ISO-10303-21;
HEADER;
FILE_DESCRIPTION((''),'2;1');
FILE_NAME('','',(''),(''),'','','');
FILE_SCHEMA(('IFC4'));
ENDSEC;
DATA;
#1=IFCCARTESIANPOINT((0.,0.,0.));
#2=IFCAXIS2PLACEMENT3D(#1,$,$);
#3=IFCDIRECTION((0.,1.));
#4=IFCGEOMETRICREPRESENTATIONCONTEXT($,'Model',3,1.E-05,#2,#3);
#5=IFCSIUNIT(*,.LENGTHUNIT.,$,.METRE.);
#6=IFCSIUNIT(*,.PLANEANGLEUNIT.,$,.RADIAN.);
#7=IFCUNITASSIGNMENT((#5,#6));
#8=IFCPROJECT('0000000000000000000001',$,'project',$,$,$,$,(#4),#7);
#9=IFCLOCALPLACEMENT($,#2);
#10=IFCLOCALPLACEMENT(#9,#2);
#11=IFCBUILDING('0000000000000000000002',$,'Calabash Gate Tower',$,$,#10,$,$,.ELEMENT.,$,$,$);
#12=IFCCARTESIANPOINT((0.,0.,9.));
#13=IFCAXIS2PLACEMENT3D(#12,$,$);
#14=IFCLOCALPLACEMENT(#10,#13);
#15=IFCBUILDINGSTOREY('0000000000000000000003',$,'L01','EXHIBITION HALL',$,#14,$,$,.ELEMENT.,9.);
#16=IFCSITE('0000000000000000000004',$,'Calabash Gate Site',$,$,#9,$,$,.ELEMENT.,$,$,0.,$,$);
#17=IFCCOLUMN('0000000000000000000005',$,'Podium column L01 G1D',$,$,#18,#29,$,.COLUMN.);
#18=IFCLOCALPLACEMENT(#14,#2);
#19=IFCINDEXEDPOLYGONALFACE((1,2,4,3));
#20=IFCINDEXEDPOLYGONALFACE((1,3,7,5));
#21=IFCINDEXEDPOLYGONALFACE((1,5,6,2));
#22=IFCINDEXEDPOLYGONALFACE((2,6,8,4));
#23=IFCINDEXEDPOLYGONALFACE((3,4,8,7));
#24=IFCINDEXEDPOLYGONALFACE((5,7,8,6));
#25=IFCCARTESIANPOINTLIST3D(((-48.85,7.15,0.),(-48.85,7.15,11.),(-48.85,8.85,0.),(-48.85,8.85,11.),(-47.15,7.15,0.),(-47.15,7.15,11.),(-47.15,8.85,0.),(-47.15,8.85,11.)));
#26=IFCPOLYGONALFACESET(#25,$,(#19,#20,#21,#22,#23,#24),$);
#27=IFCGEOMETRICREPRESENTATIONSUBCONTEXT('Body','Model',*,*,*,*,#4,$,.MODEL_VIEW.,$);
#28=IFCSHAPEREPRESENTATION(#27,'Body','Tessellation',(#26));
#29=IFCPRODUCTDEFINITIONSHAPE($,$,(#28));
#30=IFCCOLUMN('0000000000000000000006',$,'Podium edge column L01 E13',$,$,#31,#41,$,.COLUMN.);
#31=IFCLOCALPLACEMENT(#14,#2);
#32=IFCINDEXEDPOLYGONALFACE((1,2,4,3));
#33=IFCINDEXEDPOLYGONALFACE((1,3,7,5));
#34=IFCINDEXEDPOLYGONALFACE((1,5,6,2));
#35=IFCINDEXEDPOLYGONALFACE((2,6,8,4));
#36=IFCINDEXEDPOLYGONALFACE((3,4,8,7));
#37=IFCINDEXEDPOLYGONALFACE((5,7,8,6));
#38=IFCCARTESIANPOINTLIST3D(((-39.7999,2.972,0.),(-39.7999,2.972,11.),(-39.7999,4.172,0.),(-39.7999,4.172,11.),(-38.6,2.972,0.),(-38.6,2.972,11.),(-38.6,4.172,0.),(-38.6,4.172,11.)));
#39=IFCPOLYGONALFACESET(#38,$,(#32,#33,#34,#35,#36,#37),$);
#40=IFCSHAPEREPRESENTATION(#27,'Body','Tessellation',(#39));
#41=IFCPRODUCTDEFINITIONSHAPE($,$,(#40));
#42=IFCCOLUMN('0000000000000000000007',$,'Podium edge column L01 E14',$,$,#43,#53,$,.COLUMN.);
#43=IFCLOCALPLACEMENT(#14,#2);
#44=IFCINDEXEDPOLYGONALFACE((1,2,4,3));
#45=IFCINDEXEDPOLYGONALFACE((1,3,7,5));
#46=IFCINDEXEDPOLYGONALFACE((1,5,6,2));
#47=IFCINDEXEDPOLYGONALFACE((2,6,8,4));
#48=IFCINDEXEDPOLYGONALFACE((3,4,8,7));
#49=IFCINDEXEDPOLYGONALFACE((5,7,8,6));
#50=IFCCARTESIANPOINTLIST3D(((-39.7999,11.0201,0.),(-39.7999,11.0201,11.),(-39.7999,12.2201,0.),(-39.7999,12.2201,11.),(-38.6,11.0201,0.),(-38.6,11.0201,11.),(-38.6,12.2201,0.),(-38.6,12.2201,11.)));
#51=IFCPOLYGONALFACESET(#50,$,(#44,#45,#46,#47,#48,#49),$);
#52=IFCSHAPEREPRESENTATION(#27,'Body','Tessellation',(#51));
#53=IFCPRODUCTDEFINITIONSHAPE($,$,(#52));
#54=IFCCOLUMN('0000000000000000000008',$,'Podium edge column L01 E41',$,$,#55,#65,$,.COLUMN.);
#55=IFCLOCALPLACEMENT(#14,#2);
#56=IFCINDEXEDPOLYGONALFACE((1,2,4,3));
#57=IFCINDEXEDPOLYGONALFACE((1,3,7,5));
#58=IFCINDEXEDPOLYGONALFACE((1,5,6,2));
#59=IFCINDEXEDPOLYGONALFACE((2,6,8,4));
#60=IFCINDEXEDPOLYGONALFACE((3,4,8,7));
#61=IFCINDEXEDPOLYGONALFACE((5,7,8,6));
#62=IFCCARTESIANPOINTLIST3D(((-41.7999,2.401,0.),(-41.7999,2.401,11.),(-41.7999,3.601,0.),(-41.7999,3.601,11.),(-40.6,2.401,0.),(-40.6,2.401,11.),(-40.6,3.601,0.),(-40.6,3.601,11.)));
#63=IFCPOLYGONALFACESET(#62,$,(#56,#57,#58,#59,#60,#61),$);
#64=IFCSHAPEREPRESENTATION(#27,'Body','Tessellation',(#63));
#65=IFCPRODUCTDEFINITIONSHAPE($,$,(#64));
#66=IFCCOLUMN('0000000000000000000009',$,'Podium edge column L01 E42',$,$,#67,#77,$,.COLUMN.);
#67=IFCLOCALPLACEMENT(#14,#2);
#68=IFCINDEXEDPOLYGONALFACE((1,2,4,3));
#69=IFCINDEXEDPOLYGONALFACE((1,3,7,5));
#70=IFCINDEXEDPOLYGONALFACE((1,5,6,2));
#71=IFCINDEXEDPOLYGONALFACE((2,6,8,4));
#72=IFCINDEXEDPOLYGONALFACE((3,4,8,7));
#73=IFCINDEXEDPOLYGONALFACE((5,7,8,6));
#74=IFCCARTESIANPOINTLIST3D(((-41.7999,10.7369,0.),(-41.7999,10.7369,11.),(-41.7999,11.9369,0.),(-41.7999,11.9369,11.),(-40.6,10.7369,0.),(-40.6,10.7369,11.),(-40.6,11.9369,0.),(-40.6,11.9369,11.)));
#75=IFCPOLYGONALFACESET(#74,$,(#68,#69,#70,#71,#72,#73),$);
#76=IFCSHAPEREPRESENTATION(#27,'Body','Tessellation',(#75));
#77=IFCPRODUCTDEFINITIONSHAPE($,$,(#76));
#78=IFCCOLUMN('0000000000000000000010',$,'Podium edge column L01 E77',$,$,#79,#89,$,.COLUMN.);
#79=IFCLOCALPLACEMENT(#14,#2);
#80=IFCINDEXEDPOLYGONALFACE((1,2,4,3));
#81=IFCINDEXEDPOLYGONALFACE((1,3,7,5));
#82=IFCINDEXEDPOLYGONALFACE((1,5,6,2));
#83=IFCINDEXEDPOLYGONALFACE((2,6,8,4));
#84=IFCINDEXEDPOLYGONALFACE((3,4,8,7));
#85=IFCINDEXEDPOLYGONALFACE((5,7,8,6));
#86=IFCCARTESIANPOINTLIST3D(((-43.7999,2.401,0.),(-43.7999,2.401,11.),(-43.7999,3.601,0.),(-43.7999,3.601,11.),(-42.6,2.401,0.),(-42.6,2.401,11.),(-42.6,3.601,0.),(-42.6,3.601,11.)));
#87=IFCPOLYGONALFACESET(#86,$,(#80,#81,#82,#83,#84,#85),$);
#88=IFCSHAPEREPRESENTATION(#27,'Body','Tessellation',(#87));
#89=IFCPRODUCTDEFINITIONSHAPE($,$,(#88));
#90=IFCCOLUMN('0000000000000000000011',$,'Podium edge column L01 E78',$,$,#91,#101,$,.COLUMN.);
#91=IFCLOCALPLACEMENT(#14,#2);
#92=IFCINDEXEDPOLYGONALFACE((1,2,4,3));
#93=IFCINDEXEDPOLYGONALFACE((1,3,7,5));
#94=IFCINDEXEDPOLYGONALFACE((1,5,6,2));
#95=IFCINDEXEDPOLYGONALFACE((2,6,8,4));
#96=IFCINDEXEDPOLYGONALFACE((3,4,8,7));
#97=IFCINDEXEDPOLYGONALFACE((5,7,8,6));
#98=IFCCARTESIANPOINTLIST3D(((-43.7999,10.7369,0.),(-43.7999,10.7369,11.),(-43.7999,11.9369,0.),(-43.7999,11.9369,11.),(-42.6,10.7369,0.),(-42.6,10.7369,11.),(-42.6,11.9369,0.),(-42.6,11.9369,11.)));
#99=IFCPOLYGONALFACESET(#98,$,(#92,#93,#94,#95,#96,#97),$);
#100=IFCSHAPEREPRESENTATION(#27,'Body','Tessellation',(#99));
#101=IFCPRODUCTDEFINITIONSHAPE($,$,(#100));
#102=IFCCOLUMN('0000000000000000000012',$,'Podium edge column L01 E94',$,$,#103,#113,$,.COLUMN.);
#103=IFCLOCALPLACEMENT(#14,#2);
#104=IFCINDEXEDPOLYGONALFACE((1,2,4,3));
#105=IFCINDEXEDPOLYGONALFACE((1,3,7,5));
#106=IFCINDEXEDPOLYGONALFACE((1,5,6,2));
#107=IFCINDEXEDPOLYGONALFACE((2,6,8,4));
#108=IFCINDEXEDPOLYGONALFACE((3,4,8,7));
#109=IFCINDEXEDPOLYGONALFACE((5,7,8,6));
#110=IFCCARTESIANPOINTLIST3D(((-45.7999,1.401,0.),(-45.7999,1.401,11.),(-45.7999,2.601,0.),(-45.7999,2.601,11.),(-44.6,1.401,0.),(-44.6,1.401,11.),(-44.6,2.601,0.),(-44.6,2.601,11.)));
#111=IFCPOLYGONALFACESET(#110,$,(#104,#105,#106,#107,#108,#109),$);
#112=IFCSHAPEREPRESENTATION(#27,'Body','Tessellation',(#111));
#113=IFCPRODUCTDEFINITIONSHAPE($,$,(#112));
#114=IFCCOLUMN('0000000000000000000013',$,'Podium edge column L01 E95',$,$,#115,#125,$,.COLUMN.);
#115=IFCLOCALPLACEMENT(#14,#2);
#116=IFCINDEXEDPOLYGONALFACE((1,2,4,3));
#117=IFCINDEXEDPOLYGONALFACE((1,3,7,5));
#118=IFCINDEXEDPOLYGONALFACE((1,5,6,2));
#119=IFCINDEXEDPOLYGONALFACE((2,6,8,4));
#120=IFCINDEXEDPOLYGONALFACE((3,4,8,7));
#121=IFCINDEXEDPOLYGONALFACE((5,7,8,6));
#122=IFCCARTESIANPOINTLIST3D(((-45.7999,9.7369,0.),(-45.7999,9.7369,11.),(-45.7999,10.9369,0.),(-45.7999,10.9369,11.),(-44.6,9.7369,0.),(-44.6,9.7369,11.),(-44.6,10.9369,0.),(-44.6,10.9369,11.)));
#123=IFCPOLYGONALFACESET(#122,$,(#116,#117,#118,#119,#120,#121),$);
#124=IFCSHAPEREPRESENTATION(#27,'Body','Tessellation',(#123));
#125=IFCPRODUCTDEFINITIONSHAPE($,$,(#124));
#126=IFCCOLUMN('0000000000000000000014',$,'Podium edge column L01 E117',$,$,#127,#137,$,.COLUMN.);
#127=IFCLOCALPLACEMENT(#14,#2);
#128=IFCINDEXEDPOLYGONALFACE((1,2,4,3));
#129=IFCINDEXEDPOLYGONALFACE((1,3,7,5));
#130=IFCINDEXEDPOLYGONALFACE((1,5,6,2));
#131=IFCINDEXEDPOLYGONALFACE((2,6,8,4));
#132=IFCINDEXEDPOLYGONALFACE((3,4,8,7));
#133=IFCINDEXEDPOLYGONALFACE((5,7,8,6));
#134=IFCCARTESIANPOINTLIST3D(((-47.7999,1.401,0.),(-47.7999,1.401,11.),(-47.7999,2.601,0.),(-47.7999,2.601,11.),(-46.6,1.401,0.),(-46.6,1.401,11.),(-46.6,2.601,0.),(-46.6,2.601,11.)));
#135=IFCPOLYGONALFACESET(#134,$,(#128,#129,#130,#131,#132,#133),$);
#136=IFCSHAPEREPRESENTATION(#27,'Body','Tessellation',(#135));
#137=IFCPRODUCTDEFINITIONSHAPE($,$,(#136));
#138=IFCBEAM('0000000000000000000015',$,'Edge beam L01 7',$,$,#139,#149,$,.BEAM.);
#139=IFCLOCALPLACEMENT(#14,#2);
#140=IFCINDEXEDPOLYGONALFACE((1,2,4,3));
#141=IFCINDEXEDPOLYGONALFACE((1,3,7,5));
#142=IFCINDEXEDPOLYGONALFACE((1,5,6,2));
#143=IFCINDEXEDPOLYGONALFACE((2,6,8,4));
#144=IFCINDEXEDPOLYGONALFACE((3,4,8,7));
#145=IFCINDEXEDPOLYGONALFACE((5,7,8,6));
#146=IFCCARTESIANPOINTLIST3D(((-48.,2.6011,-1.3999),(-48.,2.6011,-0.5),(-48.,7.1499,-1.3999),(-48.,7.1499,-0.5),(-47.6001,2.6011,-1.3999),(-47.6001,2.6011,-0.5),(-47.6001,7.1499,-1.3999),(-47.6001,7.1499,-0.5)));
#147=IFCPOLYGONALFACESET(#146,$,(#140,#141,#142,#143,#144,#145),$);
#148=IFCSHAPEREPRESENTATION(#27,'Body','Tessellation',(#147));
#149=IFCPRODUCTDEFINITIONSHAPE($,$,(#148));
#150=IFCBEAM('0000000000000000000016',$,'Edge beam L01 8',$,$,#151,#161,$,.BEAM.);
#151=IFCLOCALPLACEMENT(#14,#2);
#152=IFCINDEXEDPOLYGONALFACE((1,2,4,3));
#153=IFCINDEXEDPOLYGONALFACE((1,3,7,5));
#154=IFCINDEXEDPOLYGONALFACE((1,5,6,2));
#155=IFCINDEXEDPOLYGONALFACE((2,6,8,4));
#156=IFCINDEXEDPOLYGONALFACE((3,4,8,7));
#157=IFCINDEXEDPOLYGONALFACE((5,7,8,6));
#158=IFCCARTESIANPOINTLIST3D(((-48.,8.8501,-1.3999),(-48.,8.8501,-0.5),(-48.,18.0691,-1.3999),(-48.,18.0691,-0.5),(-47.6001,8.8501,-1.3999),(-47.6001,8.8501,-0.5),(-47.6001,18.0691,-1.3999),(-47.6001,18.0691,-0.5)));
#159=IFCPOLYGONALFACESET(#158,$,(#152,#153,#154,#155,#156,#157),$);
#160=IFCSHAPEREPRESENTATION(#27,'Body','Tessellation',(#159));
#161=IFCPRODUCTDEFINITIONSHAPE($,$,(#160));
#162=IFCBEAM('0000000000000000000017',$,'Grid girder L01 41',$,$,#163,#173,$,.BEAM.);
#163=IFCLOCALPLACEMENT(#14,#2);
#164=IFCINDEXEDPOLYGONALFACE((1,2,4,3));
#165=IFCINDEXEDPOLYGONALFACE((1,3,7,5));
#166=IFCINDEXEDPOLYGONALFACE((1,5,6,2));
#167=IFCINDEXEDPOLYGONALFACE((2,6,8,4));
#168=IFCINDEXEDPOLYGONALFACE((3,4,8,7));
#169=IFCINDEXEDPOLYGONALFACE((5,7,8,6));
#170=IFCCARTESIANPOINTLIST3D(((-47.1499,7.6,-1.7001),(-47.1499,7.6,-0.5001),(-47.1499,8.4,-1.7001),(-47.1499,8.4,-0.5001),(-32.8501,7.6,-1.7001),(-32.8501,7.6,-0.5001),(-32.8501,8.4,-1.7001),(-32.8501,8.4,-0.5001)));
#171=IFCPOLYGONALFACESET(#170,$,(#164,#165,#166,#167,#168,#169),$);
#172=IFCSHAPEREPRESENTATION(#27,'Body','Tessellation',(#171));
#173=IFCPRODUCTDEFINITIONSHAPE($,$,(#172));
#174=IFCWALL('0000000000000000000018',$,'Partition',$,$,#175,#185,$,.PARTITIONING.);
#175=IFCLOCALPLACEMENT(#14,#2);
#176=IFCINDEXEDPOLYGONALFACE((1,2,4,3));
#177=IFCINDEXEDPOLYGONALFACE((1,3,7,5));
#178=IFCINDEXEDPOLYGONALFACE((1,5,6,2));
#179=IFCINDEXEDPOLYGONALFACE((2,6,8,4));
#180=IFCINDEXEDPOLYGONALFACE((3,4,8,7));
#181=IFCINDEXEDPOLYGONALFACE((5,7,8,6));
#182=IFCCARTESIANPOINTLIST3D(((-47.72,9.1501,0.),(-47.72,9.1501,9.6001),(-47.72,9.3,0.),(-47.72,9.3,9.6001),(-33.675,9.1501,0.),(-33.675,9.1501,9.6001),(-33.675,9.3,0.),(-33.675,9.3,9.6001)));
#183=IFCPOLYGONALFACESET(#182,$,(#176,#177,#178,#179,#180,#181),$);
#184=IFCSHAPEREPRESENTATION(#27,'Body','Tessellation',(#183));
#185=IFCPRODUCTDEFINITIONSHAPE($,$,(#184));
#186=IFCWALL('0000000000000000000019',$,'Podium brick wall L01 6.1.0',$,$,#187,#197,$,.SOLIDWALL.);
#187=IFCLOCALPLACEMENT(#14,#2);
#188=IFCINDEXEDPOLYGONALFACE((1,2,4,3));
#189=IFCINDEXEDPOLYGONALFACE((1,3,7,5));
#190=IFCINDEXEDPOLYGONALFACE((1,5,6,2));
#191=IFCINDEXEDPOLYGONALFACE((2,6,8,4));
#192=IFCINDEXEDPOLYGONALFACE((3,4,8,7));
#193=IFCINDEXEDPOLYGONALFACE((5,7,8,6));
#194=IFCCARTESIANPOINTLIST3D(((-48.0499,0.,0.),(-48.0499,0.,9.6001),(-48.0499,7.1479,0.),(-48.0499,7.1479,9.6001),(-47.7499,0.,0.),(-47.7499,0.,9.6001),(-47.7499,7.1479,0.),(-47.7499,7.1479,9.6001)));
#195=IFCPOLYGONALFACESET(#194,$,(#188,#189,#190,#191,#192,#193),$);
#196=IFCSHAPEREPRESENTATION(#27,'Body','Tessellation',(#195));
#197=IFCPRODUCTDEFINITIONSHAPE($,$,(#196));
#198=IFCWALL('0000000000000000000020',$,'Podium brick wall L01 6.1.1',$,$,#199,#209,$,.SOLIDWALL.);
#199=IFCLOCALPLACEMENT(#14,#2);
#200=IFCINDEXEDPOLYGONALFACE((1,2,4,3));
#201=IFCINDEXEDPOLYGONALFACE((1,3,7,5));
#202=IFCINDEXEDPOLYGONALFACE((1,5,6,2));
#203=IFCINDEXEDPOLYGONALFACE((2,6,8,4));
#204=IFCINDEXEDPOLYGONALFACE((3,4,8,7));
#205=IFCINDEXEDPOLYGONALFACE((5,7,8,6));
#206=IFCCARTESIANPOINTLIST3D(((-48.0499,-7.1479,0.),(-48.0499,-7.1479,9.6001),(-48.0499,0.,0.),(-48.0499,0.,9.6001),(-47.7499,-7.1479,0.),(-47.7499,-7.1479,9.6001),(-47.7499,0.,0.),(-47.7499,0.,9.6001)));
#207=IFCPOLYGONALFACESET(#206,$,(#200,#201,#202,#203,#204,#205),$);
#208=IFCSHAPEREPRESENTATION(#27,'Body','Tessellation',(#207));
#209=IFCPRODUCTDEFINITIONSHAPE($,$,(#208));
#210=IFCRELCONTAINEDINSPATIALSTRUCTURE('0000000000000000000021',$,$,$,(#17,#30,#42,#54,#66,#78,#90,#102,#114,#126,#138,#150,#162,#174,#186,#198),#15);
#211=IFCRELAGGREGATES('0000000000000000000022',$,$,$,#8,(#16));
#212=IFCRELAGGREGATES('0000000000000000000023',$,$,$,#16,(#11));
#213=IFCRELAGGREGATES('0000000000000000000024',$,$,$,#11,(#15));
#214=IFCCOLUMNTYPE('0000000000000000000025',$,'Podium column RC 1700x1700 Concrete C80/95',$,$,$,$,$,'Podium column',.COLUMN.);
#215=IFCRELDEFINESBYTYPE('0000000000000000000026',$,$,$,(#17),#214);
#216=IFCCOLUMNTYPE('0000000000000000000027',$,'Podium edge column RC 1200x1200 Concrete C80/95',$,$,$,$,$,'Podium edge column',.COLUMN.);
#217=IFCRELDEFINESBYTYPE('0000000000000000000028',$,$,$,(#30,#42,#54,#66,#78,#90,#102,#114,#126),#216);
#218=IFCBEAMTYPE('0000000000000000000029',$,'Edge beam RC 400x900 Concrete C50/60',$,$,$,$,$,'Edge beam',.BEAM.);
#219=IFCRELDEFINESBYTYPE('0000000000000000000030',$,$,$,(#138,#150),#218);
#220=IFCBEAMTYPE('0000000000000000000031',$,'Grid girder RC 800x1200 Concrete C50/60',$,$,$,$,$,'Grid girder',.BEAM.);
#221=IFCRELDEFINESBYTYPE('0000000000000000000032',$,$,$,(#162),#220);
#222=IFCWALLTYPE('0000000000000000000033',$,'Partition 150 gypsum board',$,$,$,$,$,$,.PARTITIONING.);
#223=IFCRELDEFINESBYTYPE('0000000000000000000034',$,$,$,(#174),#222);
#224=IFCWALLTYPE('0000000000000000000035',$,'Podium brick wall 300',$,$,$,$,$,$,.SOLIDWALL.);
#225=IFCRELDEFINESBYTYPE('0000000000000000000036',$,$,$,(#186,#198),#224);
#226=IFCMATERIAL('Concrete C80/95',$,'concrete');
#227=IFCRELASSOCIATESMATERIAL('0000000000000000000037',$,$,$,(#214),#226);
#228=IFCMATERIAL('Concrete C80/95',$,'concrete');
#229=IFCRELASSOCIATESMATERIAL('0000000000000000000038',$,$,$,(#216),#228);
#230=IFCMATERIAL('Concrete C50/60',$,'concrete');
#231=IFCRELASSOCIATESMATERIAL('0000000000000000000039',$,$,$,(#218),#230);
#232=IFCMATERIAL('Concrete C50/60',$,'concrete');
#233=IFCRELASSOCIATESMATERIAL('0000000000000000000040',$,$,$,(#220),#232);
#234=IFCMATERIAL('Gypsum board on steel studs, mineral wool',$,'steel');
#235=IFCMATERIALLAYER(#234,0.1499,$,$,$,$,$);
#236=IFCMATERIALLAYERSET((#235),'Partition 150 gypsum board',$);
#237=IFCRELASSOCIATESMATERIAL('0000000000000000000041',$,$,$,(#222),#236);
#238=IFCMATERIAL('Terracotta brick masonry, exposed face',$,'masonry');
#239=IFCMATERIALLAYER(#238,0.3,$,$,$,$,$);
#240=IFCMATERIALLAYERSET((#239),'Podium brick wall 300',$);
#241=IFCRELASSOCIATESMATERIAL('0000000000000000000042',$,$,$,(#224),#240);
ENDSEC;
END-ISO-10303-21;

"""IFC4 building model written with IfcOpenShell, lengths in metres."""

from ifc_helpers import new_model, si_unit, direction, frame, frame_2d, origin, origin_2d, place, context, subcontext, project, spatial, rectangle, extrude, material, layer, layer_set, material_profile, profile_set, type_object, element, save


model = new_model("IFC4")

# Units and contexts
model_context = context("Model", 3, precision=1e-05, world=origin(), true_north=direction((0.0, 1.0)))
body_context = subcontext(model_context, "Body", "Model", "MODEL_VIEW")
ifc_project = project(units=[si_unit("LENGTHUNIT", "METRE"), si_unit("PLANEANGLEUNIT", "RADIAN")], contexts=[model_context])

# Site, building, storey
site_placement = place(None, origin())
site = spatial("IfcSite", under=ifc_project, at=site_placement, Name="Calabash Gate Site", CompositionType="ELEMENT", RefElevation=0.0)
building_placement = place(site_placement, origin())
building = spatial("IfcBuilding", under=site, at=building_placement, Name="Calabash Gate Tower", CompositionType="ELEMENT")
storey_placement = place(building_placement, frame((0.0, 0.0, 9.0)))
storey = spatial("IfcBuildingStorey", under=building, at=storey_placement, Name="L01", Description="EXHIBITION HALL", CompositionType="ELEMENT", Elevation=9.0)

# Columns
ifc_material_1 = material(Name="Concrete C80/95", Category="concrete")
ifc_material_profile_1 = material_profile(ifc_material_1, rectangle(XDim=1.7, YDim=1.7, at=origin_2d()))
ifc_profile_set_1 = profile_set([ifc_material_profile_1], Name="Concrete C80/95")
column_type_1 = type_object("IfcColumnType", Name="Podium column RC 1700x1700 Concrete C80/95", ElementType="Podium column", PredefinedType="COLUMN", material=ifc_profile_set_1)
column_placement = place(storey_placement, frame((-48.0, 8.0, 0.0), z_axis=(0.0, 0.0, 1.0), x_axis=(1.0, 0.0, 0.0)))
element("IfcColumn", 1, at=column_placement, inside=storey, type_object=column_type_1, Name="Podium column L01 G1D", PredefinedType="COLUMN", context=body_context, shape_type="SweptSolid", body=[
    extrude(rectangle(XDim=1.7, YDim=1.7, at=origin_2d()), origin(), (0.0, 0.0, 1.0), 11.0),
])
ifc_material_2 = material(Name="Concrete C80/95", Category="concrete")
ifc_material_profile_2 = material_profile(ifc_material_2, rectangle(XDim=1.2, YDim=1.2, at=origin_2d()))
ifc_profile_set_2 = profile_set([ifc_material_profile_2], Name="Concrete C80/95")
column_type_2 = type_object("IfcColumnType", Name="Podium edge column RC 1200x1200 Concrete C80/95", ElementType="Podium edge column", PredefinedType="COLUMN", material=ifc_profile_set_2)
for number, where, z_axis, x_axis, name in (
    (2, (-39.2, 3.572, 0.0), (0.0, 0.0, 1.0), (1.0, 0.0, 0.0), "Podium edge column L01 E13"),
    (3, (-39.2, 11.6201, 0.0), (0.0, 0.0, 1.0), (1.0, 0.0, 0.0), "Podium edge column L01 E14"),
    (4, (-41.2, 3.001, 0.0), (0.0, 0.0, 1.0), (1.0, 0.0, 0.0), "Podium edge column L01 E41"),
    (5, (-41.2, 11.3369, 0.0), (0.0, 0.0, 1.0), (1.0, 0.0, 0.0), "Podium edge column L01 E42"),
    (6, (-43.2, 3.001, 0.0), (0.0, 0.0, 1.0), (1.0, 0.0, 0.0), "Podium edge column L01 E77"),
    (7, (-43.2, 11.3369, 0.0), (0.0, 0.0, 1.0), (1.0, 0.0, 0.0), "Podium edge column L01 E78"),
    (8, (-45.2, 2.001, 0.0), (0.0, 0.0, 1.0), (1.0, 0.0, 0.0), "Podium edge column L01 E94"),
    (9, (-45.2, 10.3369, 0.0), (0.0, 0.0, 1.0), (1.0, 0.0, 0.0), "Podium edge column L01 E95"),
    (10, (-47.2, 2.001, 0.0), (0.0, 0.0, 1.0), (1.0, 0.0, 0.0), "Podium edge column L01 E117"),
):
    element("IfcColumn", number, at=place(storey_placement, frame(where, z_axis=z_axis, x_axis=x_axis)), inside=storey, type_object=column_type_2, Name=name, PredefinedType="COLUMN", context=body_context, shape_type="SweptSolid", body=[
        extrude(rectangle(XDim=1.2, YDim=1.2, at=origin_2d()), origin(), (0.0, 0.0, 1.0), 11.0),
    ])

# Beams
ifc_material_3 = material(Name="Concrete C50/60", Category="concrete")
ifc_material_profile_3 = material_profile(ifc_material_3, rectangle(XDim=0.3999, YDim=0.8999, at=origin_2d()))
ifc_profile_set_3 = profile_set([ifc_material_profile_3], Name="Concrete C50/60")
beam_type_1 = type_object("IfcBeamType", Name="Edge beam RC 400x900 Concrete C50/60", ElementType="Edge beam", PredefinedType="BEAM", material=ifc_profile_set_3)
beam_1_placement = place(storey_placement, frame((-47.8, 2.6011, -0.95), z_axis=(0.0, 1.0, 0.0), x_axis=(-1.0, 0.0, 0.0)))
element("IfcBeam", 11, at=beam_1_placement, inside=storey, type_object=beam_type_1, Name="Edge beam L01 7", PredefinedType="BEAM", context=body_context, shape_type="SweptSolid", body=[
    extrude(rectangle(XDim=0.3999, YDim=0.8999, at=origin_2d()), origin(), (0.0, 0.0, 1.0), 4.5488),
])
beam_2_placement = place(storey_placement, frame((-47.8, 8.8501, -0.95), z_axis=(0.0, 1.0, 0.0), x_axis=(-1.0, 0.0, 0.0)))
element("IfcBeam", 12, at=beam_2_placement, inside=storey, type_object=beam_type_1, Name="Edge beam L01 8", PredefinedType="BEAM", context=body_context, shape_type="SweptSolid", body=[
    extrude(rectangle(XDim=0.3999, YDim=0.8999, at=origin_2d()), origin(), (0.0, 0.0, 1.0), 9.219),
])
ifc_material_4 = material(Name="Concrete C50/60", Category="concrete")
ifc_material_profile_4 = material_profile(ifc_material_4, rectangle(XDim=0.8, YDim=1.2, at=origin_2d()))
ifc_profile_set_4 = profile_set([ifc_material_profile_4], Name="Concrete C50/60")
beam_type_2 = type_object("IfcBeamType", Name="Grid girder RC 800x1200 Concrete C50/60", ElementType="Grid girder", PredefinedType="BEAM", material=ifc_profile_set_4)
beam_3_placement = place(storey_placement, frame((-47.1499, 8.0, -1.1001), z_axis=(1.0, 0.0, 0.0), x_axis=(0.0, 1.0, 0.0)))
element("IfcBeam", 13, at=beam_3_placement, inside=storey, type_object=beam_type_2, Name="Grid girder L01 41", PredefinedType="BEAM", context=body_context, shape_type="SweptSolid", body=[
    extrude(rectangle(XDim=0.8, YDim=1.2, at=origin_2d()), origin(), (0.0, 0.0, 1.0), 14.2998),
])

# Walls
ifc_material_5 = material(Name="Gypsum board on steel studs, mineral wool", Category="steel")
ifc_layer_1 = layer(ifc_material_5, 0.1499)
ifc_layer_set_1 = layer_set([ifc_layer_1], Name="Partition 150 gypsum board")
wall_type_1 = type_object("IfcWallType", Name="Partition 150 gypsum board", PredefinedType="PARTITIONING", material=ifc_layer_set_1)
wall_1_placement = place(storey_placement, frame((-47.72, 9.2251, 0.0), z_axis=(0.0, 0.0, 1.0), x_axis=(1.0, 0.0, 0.0)))
element("IfcWall", 14, at=wall_1_placement, inside=storey, type_object=wall_type_1, Name="Partition", PredefinedType="PARTITIONING", context=body_context, shape_type="SweptSolid", body=[
    extrude(rectangle(XDim=14.0449, YDim=0.1499, at=frame_2d((7.0225, 0.0))), origin(), (0.0, 0.0, 1.0), 9.6001),
])
ifc_material_6 = material(Name="Terracotta brick masonry, exposed face", Category="masonry")
ifc_layer_2 = layer(ifc_material_6, 0.3)
ifc_layer_set_2 = layer_set([ifc_layer_2], Name="Podium brick wall 300")
wall_type_2 = type_object("IfcWallType", Name="Podium brick wall 300", PredefinedType="SOLIDWALL", material=ifc_layer_set_2)
for number, where, z_axis, x_axis, name in (
    (15, (-47.8999, 7.1479, 0.0), (0.0, 0.0, 1.0), (0.0, -1.0, 0.0), "Podium brick wall L01 6.1.0"),
    (16, (-47.8999, 0.0, 0.0), (0.0, 0.0, 1.0), (0.0, -1.0, 0.0), "Podium brick wall L01 6.1.1"),
):
    element("IfcWall", number, at=place(storey_placement, frame(where, z_axis=z_axis, x_axis=x_axis)), inside=storey, type_object=wall_type_2, Name=name, PredefinedType="SOLIDWALL", context=body_context, shape_type="SweptSolid", body=[
        extrude(rectangle(XDim=7.1479, YDim=0.3, at=frame_2d((3.574, 0.0))), origin(), (0.0, 0.0, 1.0), 9.6001),
    ])

save(model, "model.ifc")
